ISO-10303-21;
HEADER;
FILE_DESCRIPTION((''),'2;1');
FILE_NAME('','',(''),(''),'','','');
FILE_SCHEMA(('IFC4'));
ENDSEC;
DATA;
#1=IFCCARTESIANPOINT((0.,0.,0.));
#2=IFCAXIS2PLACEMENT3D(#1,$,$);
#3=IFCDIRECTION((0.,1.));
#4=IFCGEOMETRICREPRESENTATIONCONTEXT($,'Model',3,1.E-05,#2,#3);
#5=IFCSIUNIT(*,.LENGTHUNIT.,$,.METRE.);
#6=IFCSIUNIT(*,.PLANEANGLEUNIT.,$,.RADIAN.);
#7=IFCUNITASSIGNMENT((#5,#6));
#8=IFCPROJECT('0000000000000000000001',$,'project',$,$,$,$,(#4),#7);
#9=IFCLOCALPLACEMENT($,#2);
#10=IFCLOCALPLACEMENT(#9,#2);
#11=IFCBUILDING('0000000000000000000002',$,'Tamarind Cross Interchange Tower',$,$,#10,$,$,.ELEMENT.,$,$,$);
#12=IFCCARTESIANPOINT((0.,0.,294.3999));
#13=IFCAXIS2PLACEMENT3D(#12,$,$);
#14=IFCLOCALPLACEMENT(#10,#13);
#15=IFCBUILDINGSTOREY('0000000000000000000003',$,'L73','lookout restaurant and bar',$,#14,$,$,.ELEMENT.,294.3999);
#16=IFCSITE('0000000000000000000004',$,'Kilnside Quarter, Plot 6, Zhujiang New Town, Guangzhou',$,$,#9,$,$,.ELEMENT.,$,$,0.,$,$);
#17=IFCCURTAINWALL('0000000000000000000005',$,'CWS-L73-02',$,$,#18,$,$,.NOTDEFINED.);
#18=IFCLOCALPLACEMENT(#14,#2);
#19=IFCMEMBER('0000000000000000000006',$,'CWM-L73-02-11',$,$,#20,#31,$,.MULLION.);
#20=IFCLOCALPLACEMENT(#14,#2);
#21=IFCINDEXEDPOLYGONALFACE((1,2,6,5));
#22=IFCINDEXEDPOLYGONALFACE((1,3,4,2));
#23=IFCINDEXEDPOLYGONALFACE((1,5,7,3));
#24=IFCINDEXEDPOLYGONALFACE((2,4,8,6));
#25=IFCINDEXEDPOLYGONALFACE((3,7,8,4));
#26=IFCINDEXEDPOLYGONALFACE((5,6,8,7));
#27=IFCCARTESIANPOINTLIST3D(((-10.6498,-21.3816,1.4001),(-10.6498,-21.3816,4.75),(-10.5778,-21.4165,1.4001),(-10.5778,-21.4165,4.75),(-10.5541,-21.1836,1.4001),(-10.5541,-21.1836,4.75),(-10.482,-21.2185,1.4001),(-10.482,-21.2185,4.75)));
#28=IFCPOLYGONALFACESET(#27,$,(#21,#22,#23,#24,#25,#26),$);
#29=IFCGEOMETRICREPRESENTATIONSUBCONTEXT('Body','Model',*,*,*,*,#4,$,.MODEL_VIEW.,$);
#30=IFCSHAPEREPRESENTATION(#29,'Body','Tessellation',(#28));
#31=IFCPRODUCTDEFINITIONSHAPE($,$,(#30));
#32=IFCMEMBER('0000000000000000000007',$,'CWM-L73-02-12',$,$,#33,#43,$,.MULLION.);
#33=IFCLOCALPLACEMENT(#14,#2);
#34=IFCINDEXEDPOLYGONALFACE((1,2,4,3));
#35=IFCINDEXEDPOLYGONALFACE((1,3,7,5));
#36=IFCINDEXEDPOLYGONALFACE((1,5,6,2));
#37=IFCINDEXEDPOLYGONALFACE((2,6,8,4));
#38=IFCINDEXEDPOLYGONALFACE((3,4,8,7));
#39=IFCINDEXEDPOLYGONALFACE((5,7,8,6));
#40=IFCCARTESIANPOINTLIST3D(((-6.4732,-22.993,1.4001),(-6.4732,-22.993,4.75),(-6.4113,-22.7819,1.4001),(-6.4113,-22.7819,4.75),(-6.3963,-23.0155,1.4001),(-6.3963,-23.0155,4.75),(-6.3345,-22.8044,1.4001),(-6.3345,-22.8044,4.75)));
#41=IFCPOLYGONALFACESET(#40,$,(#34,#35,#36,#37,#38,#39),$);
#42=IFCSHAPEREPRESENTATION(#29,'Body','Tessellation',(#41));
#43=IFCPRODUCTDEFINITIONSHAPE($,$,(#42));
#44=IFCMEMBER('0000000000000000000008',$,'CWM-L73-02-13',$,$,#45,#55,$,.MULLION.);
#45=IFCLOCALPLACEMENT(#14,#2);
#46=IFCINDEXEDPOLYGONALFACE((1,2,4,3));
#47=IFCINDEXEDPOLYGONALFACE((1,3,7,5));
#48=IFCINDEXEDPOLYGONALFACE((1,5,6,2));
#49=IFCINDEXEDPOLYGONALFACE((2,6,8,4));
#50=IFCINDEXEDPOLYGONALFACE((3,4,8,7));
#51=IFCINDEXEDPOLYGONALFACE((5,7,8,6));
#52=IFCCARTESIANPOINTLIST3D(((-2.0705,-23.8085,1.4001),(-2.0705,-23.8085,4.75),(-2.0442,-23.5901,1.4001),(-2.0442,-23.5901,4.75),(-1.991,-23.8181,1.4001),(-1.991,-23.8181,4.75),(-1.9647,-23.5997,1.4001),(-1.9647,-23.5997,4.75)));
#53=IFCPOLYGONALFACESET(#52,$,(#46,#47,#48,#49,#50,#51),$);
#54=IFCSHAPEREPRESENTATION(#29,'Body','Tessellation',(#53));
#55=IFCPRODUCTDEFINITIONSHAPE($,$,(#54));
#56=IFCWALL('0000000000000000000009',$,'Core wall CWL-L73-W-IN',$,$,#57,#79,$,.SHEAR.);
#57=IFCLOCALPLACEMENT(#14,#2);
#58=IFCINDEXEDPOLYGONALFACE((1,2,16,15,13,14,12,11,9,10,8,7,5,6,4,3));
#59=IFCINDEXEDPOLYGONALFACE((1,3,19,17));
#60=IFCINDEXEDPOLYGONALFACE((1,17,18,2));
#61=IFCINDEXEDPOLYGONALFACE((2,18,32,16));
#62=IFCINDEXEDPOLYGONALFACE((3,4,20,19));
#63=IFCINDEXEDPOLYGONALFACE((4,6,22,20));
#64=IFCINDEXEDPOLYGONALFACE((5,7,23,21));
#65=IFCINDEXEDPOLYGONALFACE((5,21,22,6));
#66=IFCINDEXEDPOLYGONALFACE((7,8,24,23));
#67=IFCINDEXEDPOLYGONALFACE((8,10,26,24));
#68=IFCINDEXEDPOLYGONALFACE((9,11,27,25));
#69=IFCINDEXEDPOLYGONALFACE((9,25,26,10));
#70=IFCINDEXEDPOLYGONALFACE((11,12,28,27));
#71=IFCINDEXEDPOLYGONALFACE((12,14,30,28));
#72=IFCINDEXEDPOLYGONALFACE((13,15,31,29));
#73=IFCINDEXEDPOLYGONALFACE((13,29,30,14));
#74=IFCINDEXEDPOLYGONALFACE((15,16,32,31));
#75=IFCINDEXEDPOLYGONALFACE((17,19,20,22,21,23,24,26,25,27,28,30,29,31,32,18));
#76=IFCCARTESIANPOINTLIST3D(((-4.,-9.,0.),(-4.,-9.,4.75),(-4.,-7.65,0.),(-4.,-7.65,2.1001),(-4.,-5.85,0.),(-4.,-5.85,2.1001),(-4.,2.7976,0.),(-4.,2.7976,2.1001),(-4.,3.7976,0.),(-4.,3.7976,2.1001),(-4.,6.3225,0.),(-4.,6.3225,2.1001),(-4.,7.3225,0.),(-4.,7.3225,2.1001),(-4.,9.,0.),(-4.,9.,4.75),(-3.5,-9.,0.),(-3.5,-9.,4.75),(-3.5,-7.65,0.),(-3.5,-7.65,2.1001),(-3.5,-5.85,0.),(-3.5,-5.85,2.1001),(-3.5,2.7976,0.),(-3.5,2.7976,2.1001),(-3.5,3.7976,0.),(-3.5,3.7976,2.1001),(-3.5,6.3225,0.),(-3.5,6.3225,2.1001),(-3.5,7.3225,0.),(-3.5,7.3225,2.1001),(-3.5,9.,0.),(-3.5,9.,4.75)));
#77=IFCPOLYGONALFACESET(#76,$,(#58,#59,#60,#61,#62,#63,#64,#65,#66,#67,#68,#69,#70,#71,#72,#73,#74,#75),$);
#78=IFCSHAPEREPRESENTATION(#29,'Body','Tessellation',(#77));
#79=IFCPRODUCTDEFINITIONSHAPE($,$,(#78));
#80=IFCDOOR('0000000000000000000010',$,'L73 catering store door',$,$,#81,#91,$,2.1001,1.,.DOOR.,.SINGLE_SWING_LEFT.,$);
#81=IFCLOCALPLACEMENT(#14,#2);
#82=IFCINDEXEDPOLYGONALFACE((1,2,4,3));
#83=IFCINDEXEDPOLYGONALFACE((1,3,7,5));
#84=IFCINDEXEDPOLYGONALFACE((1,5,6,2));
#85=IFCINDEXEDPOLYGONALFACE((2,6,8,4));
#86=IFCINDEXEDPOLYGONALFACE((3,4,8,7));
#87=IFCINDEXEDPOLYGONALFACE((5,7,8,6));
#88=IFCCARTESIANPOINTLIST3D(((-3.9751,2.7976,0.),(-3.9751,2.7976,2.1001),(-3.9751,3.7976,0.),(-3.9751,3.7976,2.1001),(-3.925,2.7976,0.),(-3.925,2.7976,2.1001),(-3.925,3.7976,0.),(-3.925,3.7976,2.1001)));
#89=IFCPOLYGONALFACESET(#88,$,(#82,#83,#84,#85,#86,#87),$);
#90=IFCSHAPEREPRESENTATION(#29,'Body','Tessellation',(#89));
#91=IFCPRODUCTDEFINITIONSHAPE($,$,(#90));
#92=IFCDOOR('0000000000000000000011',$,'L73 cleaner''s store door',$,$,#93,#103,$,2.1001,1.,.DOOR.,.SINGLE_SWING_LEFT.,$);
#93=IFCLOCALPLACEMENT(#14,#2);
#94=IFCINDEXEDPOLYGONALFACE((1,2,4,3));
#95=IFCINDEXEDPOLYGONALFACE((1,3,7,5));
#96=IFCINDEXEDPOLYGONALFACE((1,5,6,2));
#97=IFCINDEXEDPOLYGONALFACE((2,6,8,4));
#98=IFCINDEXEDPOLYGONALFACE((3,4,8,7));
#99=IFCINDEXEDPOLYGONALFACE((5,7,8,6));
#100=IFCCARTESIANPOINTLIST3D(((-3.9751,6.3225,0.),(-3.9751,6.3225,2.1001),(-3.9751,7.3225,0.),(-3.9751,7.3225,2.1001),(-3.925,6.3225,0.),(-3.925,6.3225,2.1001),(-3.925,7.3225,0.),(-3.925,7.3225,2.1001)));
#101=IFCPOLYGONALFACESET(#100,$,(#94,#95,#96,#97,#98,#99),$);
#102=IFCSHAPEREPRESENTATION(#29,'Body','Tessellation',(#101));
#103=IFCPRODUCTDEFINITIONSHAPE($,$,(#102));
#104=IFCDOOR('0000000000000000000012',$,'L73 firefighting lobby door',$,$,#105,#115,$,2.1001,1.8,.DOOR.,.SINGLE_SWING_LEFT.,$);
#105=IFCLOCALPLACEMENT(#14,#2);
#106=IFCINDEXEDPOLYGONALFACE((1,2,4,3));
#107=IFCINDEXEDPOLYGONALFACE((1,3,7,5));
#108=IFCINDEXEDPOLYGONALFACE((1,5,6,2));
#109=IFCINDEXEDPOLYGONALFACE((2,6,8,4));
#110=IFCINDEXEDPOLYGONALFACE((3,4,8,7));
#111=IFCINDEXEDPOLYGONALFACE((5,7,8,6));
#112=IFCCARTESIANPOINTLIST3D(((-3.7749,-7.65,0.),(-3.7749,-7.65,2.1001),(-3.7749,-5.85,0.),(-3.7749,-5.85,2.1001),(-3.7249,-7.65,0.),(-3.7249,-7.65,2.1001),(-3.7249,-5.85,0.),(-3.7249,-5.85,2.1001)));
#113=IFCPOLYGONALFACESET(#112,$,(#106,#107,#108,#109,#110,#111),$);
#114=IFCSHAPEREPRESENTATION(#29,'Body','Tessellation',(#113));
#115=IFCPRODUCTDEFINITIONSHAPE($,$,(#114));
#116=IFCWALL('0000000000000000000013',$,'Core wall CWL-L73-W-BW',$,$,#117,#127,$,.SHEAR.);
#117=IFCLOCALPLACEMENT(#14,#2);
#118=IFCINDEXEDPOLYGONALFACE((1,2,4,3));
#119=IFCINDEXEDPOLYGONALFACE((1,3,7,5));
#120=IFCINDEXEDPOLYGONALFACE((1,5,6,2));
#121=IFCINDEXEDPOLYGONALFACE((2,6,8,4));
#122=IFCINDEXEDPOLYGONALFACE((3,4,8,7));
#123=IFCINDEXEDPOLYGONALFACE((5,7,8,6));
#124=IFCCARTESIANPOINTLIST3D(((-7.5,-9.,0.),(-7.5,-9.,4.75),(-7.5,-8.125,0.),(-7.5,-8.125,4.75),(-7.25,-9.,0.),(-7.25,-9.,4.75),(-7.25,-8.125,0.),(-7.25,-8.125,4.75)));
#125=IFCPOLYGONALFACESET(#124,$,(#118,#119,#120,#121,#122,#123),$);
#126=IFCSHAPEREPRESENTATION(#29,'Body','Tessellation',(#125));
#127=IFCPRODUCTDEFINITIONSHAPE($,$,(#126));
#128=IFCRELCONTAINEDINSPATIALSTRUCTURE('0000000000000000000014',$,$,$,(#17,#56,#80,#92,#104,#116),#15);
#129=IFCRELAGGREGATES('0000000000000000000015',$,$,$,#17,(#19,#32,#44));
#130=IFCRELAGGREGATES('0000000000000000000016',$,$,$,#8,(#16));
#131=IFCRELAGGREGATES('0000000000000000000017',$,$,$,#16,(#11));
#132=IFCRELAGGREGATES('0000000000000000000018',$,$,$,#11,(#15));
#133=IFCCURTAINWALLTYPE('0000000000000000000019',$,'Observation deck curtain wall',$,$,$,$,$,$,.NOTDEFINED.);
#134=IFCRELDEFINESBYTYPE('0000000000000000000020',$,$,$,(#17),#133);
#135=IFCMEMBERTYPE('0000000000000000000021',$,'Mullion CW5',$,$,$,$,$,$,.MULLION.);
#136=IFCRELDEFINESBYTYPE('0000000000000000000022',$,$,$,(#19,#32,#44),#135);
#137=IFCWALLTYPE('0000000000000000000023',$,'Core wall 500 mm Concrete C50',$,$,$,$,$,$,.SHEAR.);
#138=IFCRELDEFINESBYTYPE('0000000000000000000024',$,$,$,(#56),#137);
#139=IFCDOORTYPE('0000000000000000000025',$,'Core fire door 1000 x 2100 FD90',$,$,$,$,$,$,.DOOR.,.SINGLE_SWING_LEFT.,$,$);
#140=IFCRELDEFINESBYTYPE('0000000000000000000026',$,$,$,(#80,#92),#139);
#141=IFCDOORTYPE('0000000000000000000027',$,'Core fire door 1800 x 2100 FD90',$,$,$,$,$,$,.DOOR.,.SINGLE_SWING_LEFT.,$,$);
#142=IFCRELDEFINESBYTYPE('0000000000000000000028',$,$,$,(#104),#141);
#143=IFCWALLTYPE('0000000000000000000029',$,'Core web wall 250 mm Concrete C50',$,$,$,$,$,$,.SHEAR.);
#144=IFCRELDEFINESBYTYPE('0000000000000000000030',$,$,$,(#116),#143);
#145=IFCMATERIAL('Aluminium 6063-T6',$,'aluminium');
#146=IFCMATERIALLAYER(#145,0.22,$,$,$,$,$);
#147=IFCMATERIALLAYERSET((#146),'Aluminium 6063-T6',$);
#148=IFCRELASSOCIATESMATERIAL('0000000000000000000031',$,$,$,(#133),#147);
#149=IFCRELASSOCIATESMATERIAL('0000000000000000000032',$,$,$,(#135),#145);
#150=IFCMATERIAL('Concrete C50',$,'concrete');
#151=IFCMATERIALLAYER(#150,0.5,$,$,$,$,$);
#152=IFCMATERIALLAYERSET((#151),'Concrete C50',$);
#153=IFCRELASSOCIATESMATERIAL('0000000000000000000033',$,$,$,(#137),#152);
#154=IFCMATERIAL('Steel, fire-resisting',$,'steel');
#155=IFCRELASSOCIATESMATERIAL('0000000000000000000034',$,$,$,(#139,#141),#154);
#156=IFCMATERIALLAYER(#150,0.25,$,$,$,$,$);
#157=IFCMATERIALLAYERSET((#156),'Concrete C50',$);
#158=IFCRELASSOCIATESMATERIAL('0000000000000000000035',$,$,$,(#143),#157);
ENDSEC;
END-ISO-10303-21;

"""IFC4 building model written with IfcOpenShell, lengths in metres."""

from ifc_helpers import new_model, si_unit, direction, frame, frame_2d, origin, origin_2d, place, context, subcontext, project, spatial, rectangle, extrude, material, layer, layer_set, material_profile, profile_set, type_object, element, fill, aggregate, save


model = new_model("IFC4")

# Units and contexts
model_context = context("Model", 3, precision=1e-05, world=origin(), true_north=direction((0.0, 1.0)))
body_context = subcontext(model_context, "Body", "Model", "MODEL_VIEW")
ifc_project = project(units=[si_unit("LENGTHUNIT", "METRE"), si_unit("PLANEANGLEUNIT", "RADIAN")], contexts=[model_context])

# Site, building, storey
site_placement = place(None, origin())
site = spatial("IfcSite", under=ifc_project, at=site_placement, Name="Kilnside Quarter, Plot 6, Zhujiang New Town, Guangzhou", CompositionType="ELEMENT", RefElevation=0.0)
building_placement = place(site_placement, origin())
building = spatial("IfcBuilding", under=site, at=building_placement, Name="Tamarind Cross Interchange Tower", CompositionType="ELEMENT")
storey_placement = place(building_placement, frame((0.0, 0.0, 294.3999)))
storey = spatial("IfcBuildingStorey", under=building, at=storey_placement, Name="L73", Description="lookout restaurant and bar", CompositionType="ELEMENT", Elevation=294.3999)

# Curtain wall, members
ifc_material_1 = material(Name="Aluminium 6063-T6", Category="aluminium")
ifc_layer_1 = layer(ifc_material_1, 0.22)
ifc_layer_set_1 = layer_set([ifc_layer_1], Name="Aluminium 6063-T6")
curtain_wall_type = type_object("IfcCurtainWallType", Name="Observation deck curtain wall", PredefinedType="NOTDEFINED", material=ifc_layer_set_1)
curtain_wall_placement = place(storey_placement, origin())
curtain_wall = element("IfcCurtainWall", 1, at=curtain_wall_placement, inside=storey, type_object=curtain_wall_type, Name="CWS-L73-02", PredefinedType="NOTDEFINED")
ifc_material_profile_1 = material_profile(ifc_material_1, rectangle(XDim=0.0801, YDim=0.22, at=origin_2d()), Name="Mullion CW5")
ifc_profile_set_1 = profile_set([ifc_material_profile_1], Name="Aluminium 6063-T6")
member_type = type_object("IfcMemberType", Name="Mullion CW5", PredefinedType="MULLION", material=ifc_profile_set_1)
member_1_placement = place(storey_placement, frame((-10.5659, -21.3, 1.4001), z_axis=(0.0, 0.0, 1.0), x_axis=(0.900273, -0.435326, 0.0)))
member_1 = element("IfcMember", 2, at=member_1_placement, type_object=member_type, Name="CWM-L73-02-11", PredefinedType="MULLION", context=body_context, shape_type="SweptSolid", body=[
    extrude(rectangle(XDim=0.0801, YDim=0.22, at=origin_2d()), origin(), (0.0, 0.0, 1.0), 3.3499),
])
member_2_placement = place(storey_placement, frame((-6.4038, -22.8987, 1.4001), z_axis=(0.0, 0.0, 1.0), x_axis=(0.959647, -0.281209, 0.0)))
member_2 = element("IfcMember", 3, at=member_2_placement, type_object=member_type, Name="CWM-L73-02-12", PredefinedType="MULLION", context=body_context, shape_type="SweptSolid", body=[
    extrude(rectangle(XDim=0.0801, YDim=0.22, at=origin_2d()), origin(), (0.0, 0.0, 1.0), 3.3499),
])
member_3_placement = place(storey_placement, frame((-2.0176, -23.7041, 1.4001), z_axis=(0.0, 0.0, 1.0), x_axis=(0.992844, -0.119421, 0.0)))
member_3 = element("IfcMember", 4, at=member_3_placement, type_object=member_type, Name="CWM-L73-02-13", PredefinedType="MULLION", context=body_context, shape_type="SweptSolid", body=[
    extrude(rectangle(XDim=0.0801, YDim=0.22, at=origin_2d()), origin(), (0.0, 0.0, 1.0), 3.3499),
])
aggregate(curtain_wall, [member_1, member_2, member_3])

# Wall, openings, doors
ifc_material_2 = material(Name="Concrete C50", Category="concrete")
ifc_layer_2 = layer(ifc_material_2, 0.5)
ifc_layer_set_2 = layer_set([ifc_layer_2], Name="Concrete C50")
wall_type_1 = type_object("IfcWallType", Name="Core wall 500 mm Concrete C50", PredefinedType="SHEAR", material=ifc_layer_set_2)
wall_1_placement = place(storey_placement, frame((-3.75, -9.0, 0.0), z_axis=(0.0, 0.0, 1.0), x_axis=(0.0, 1.0, 0.0)))
wall_1 = element("IfcWall", 5, at=wall_1_placement, inside=storey, type_object=wall_type_1, Name="Core wall CWL-L73-W-IN", PredefinedType="SHEAR", context=body_context, shape_type="SweptSolid", body=[
    extrude(rectangle(XDim=18.0, YDim=0.5, at=frame_2d((9.0, 0.0))), origin(), (0.0, 0.0, 1.0), 4.75),
])
opening_1_placement = place(wall_1_placement, frame((1.3501, 0.0, 0.0)))
opening_1 = element("IfcOpeningElement", 6, at=opening_1_placement, cuts=wall_1, PredefinedType="OPENING", context=body_context, shape_type="SweptSolid", body=[
    extrude(rectangle(XDim=1.8, YDim=2.1001, at=frame_2d((0.8999, 1.05))), frame((0.0, 0.26, 0.0), z_axis=(0.0, -1.0, 0.0), x_axis=(1.0, 0.0, 0.0)), (0.0, 0.0, 1.0), 0.52),
])
opening_2_placement = place(wall_1_placement, frame((11.7976, 0.0, 0.0)))
opening_2 = element("IfcOpeningElement", 7, at=opening_2_placement, cuts=wall_1, PredefinedType="OPENING", context=body_context, shape_type="SweptSolid", body=[
    extrude(rectangle(XDim=1.0, YDim=2.1001, at=frame_2d((0.5, 1.05))), frame((0.0, 0.26, 0.0), z_axis=(0.0, -1.0, 0.0), x_axis=(1.0, 0.0, 0.0)), (0.0, 0.0, 1.0), 0.52),
])
opening_3_placement = place(wall_1_placement, frame((15.3225, 0.0, 0.0)))
opening_3 = element("IfcOpeningElement", 8, at=opening_3_placement, cuts=wall_1, PredefinedType="OPENING", context=body_context, shape_type="SweptSolid", body=[
    extrude(rectangle(XDim=1.0, YDim=2.1001, at=frame_2d((0.5, 1.05))), frame((0.0, 0.26, 0.0), z_axis=(0.0, -1.0, 0.0), x_axis=(1.0, 0.0, 0.0)), (0.0, 0.0, 1.0), 0.52),
])
ifc_material_3 = material(Name="Steel, fire-resisting", Category="steel")
door_type_1 = type_object("IfcDoorType", Name="Core fire door 1000 x 2100 FD90", OperationType="SINGLE_SWING_LEFT", PredefinedType="DOOR", material=ifc_material_3)
door_1_placement = place(opening_2_placement, origin())
door_1 = element("IfcDoor", 9, at=door_1_placement, inside=storey, type_object=door_type_1, Name="L73 catering store door", OperationType="SINGLE_SWING_LEFT", OverallHeight=2.1001, OverallWidth=1.0, PredefinedType="DOOR", context=body_context, shape_type="SweptSolid", body=[
    extrude(rectangle(XDim=1.0, YDim=2.1001, at=frame_2d((0.5, 1.05))), frame((0.0, 0.2251, 0.0), z_axis=(0.0, -1.0, 0.0), x_axis=(1.0, 0.0, 0.0)), (0.0, 0.0, 1.0), 0.05),
])
fill(opening_2, door_1)
door_2_placement = place(opening_3_placement, origin())
door_2 = element("IfcDoor", 10, at=door_2_placement, inside=storey, type_object=door_type_1, Name="L73 cleaner's store door", OperationType="SINGLE_SWING_LEFT", OverallHeight=2.1001, OverallWidth=1.0, PredefinedType="DOOR", context=body_context, shape_type="SweptSolid", body=[
    extrude(rectangle(XDim=1.0, YDim=2.1001, at=frame_2d((0.5, 1.05))), frame((0.0, 0.2251, 0.0), z_axis=(0.0, -1.0, 0.0), x_axis=(1.0, 0.0, 0.0)), (0.0, 0.0, 1.0), 0.05),
])
fill(opening_3, door_2)
door_type_2 = type_object("IfcDoorType", Name="Core fire door 1800 x 2100 FD90", OperationType="SINGLE_SWING_LEFT", PredefinedType="DOOR", material=ifc_material_3)
door_3_placement = place(opening_1_placement, origin())
door_3 = element("IfcDoor", 11, at=door_3_placement, inside=storey, type_object=door_type_2, Name="L73 firefighting lobby door", OperationType="SINGLE_SWING_LEFT", OverallHeight=2.1001, OverallWidth=1.8, PredefinedType="DOOR", context=body_context, shape_type="SweptSolid", body=[
    extrude(rectangle(XDim=1.8, YDim=2.1001, at=frame_2d((0.8999, 1.05))), frame((0.0, 0.0249, 0.0), z_axis=(0.0, -1.0, 0.0), x_axis=(1.0, 0.0, 0.0)), (0.0, 0.0, 1.0), 0.05),
])
fill(opening_1, door_3)

# Wall
ifc_layer_3 = layer(ifc_material_2, 0.25)
ifc_layer_set_3 = layer_set([ifc_layer_3], Name="Concrete C50")
wall_type_2 = type_object("IfcWallType", Name="Core web wall 250 mm Concrete C50", PredefinedType="SHEAR", material=ifc_layer_set_3)
wall_2_placement = place(storey_placement, frame((-7.375, -9.0, 0.0), z_axis=(0.0, 0.0, 1.0), x_axis=(0.0, 1.0, 0.0)))
element("IfcWall", 12, at=wall_2_placement, inside=storey, type_object=wall_type_2, Name="Core wall CWL-L73-W-BW", PredefinedType="SHEAR", context=body_context, shape_type="SweptSolid", body=[
    extrude(rectangle(XDim=0.875, YDim=0.25, at=frame_2d((0.4375, 0.0))), origin(), (0.0, 0.0, 1.0), 4.75),
])

save(model, "model.ifc")
